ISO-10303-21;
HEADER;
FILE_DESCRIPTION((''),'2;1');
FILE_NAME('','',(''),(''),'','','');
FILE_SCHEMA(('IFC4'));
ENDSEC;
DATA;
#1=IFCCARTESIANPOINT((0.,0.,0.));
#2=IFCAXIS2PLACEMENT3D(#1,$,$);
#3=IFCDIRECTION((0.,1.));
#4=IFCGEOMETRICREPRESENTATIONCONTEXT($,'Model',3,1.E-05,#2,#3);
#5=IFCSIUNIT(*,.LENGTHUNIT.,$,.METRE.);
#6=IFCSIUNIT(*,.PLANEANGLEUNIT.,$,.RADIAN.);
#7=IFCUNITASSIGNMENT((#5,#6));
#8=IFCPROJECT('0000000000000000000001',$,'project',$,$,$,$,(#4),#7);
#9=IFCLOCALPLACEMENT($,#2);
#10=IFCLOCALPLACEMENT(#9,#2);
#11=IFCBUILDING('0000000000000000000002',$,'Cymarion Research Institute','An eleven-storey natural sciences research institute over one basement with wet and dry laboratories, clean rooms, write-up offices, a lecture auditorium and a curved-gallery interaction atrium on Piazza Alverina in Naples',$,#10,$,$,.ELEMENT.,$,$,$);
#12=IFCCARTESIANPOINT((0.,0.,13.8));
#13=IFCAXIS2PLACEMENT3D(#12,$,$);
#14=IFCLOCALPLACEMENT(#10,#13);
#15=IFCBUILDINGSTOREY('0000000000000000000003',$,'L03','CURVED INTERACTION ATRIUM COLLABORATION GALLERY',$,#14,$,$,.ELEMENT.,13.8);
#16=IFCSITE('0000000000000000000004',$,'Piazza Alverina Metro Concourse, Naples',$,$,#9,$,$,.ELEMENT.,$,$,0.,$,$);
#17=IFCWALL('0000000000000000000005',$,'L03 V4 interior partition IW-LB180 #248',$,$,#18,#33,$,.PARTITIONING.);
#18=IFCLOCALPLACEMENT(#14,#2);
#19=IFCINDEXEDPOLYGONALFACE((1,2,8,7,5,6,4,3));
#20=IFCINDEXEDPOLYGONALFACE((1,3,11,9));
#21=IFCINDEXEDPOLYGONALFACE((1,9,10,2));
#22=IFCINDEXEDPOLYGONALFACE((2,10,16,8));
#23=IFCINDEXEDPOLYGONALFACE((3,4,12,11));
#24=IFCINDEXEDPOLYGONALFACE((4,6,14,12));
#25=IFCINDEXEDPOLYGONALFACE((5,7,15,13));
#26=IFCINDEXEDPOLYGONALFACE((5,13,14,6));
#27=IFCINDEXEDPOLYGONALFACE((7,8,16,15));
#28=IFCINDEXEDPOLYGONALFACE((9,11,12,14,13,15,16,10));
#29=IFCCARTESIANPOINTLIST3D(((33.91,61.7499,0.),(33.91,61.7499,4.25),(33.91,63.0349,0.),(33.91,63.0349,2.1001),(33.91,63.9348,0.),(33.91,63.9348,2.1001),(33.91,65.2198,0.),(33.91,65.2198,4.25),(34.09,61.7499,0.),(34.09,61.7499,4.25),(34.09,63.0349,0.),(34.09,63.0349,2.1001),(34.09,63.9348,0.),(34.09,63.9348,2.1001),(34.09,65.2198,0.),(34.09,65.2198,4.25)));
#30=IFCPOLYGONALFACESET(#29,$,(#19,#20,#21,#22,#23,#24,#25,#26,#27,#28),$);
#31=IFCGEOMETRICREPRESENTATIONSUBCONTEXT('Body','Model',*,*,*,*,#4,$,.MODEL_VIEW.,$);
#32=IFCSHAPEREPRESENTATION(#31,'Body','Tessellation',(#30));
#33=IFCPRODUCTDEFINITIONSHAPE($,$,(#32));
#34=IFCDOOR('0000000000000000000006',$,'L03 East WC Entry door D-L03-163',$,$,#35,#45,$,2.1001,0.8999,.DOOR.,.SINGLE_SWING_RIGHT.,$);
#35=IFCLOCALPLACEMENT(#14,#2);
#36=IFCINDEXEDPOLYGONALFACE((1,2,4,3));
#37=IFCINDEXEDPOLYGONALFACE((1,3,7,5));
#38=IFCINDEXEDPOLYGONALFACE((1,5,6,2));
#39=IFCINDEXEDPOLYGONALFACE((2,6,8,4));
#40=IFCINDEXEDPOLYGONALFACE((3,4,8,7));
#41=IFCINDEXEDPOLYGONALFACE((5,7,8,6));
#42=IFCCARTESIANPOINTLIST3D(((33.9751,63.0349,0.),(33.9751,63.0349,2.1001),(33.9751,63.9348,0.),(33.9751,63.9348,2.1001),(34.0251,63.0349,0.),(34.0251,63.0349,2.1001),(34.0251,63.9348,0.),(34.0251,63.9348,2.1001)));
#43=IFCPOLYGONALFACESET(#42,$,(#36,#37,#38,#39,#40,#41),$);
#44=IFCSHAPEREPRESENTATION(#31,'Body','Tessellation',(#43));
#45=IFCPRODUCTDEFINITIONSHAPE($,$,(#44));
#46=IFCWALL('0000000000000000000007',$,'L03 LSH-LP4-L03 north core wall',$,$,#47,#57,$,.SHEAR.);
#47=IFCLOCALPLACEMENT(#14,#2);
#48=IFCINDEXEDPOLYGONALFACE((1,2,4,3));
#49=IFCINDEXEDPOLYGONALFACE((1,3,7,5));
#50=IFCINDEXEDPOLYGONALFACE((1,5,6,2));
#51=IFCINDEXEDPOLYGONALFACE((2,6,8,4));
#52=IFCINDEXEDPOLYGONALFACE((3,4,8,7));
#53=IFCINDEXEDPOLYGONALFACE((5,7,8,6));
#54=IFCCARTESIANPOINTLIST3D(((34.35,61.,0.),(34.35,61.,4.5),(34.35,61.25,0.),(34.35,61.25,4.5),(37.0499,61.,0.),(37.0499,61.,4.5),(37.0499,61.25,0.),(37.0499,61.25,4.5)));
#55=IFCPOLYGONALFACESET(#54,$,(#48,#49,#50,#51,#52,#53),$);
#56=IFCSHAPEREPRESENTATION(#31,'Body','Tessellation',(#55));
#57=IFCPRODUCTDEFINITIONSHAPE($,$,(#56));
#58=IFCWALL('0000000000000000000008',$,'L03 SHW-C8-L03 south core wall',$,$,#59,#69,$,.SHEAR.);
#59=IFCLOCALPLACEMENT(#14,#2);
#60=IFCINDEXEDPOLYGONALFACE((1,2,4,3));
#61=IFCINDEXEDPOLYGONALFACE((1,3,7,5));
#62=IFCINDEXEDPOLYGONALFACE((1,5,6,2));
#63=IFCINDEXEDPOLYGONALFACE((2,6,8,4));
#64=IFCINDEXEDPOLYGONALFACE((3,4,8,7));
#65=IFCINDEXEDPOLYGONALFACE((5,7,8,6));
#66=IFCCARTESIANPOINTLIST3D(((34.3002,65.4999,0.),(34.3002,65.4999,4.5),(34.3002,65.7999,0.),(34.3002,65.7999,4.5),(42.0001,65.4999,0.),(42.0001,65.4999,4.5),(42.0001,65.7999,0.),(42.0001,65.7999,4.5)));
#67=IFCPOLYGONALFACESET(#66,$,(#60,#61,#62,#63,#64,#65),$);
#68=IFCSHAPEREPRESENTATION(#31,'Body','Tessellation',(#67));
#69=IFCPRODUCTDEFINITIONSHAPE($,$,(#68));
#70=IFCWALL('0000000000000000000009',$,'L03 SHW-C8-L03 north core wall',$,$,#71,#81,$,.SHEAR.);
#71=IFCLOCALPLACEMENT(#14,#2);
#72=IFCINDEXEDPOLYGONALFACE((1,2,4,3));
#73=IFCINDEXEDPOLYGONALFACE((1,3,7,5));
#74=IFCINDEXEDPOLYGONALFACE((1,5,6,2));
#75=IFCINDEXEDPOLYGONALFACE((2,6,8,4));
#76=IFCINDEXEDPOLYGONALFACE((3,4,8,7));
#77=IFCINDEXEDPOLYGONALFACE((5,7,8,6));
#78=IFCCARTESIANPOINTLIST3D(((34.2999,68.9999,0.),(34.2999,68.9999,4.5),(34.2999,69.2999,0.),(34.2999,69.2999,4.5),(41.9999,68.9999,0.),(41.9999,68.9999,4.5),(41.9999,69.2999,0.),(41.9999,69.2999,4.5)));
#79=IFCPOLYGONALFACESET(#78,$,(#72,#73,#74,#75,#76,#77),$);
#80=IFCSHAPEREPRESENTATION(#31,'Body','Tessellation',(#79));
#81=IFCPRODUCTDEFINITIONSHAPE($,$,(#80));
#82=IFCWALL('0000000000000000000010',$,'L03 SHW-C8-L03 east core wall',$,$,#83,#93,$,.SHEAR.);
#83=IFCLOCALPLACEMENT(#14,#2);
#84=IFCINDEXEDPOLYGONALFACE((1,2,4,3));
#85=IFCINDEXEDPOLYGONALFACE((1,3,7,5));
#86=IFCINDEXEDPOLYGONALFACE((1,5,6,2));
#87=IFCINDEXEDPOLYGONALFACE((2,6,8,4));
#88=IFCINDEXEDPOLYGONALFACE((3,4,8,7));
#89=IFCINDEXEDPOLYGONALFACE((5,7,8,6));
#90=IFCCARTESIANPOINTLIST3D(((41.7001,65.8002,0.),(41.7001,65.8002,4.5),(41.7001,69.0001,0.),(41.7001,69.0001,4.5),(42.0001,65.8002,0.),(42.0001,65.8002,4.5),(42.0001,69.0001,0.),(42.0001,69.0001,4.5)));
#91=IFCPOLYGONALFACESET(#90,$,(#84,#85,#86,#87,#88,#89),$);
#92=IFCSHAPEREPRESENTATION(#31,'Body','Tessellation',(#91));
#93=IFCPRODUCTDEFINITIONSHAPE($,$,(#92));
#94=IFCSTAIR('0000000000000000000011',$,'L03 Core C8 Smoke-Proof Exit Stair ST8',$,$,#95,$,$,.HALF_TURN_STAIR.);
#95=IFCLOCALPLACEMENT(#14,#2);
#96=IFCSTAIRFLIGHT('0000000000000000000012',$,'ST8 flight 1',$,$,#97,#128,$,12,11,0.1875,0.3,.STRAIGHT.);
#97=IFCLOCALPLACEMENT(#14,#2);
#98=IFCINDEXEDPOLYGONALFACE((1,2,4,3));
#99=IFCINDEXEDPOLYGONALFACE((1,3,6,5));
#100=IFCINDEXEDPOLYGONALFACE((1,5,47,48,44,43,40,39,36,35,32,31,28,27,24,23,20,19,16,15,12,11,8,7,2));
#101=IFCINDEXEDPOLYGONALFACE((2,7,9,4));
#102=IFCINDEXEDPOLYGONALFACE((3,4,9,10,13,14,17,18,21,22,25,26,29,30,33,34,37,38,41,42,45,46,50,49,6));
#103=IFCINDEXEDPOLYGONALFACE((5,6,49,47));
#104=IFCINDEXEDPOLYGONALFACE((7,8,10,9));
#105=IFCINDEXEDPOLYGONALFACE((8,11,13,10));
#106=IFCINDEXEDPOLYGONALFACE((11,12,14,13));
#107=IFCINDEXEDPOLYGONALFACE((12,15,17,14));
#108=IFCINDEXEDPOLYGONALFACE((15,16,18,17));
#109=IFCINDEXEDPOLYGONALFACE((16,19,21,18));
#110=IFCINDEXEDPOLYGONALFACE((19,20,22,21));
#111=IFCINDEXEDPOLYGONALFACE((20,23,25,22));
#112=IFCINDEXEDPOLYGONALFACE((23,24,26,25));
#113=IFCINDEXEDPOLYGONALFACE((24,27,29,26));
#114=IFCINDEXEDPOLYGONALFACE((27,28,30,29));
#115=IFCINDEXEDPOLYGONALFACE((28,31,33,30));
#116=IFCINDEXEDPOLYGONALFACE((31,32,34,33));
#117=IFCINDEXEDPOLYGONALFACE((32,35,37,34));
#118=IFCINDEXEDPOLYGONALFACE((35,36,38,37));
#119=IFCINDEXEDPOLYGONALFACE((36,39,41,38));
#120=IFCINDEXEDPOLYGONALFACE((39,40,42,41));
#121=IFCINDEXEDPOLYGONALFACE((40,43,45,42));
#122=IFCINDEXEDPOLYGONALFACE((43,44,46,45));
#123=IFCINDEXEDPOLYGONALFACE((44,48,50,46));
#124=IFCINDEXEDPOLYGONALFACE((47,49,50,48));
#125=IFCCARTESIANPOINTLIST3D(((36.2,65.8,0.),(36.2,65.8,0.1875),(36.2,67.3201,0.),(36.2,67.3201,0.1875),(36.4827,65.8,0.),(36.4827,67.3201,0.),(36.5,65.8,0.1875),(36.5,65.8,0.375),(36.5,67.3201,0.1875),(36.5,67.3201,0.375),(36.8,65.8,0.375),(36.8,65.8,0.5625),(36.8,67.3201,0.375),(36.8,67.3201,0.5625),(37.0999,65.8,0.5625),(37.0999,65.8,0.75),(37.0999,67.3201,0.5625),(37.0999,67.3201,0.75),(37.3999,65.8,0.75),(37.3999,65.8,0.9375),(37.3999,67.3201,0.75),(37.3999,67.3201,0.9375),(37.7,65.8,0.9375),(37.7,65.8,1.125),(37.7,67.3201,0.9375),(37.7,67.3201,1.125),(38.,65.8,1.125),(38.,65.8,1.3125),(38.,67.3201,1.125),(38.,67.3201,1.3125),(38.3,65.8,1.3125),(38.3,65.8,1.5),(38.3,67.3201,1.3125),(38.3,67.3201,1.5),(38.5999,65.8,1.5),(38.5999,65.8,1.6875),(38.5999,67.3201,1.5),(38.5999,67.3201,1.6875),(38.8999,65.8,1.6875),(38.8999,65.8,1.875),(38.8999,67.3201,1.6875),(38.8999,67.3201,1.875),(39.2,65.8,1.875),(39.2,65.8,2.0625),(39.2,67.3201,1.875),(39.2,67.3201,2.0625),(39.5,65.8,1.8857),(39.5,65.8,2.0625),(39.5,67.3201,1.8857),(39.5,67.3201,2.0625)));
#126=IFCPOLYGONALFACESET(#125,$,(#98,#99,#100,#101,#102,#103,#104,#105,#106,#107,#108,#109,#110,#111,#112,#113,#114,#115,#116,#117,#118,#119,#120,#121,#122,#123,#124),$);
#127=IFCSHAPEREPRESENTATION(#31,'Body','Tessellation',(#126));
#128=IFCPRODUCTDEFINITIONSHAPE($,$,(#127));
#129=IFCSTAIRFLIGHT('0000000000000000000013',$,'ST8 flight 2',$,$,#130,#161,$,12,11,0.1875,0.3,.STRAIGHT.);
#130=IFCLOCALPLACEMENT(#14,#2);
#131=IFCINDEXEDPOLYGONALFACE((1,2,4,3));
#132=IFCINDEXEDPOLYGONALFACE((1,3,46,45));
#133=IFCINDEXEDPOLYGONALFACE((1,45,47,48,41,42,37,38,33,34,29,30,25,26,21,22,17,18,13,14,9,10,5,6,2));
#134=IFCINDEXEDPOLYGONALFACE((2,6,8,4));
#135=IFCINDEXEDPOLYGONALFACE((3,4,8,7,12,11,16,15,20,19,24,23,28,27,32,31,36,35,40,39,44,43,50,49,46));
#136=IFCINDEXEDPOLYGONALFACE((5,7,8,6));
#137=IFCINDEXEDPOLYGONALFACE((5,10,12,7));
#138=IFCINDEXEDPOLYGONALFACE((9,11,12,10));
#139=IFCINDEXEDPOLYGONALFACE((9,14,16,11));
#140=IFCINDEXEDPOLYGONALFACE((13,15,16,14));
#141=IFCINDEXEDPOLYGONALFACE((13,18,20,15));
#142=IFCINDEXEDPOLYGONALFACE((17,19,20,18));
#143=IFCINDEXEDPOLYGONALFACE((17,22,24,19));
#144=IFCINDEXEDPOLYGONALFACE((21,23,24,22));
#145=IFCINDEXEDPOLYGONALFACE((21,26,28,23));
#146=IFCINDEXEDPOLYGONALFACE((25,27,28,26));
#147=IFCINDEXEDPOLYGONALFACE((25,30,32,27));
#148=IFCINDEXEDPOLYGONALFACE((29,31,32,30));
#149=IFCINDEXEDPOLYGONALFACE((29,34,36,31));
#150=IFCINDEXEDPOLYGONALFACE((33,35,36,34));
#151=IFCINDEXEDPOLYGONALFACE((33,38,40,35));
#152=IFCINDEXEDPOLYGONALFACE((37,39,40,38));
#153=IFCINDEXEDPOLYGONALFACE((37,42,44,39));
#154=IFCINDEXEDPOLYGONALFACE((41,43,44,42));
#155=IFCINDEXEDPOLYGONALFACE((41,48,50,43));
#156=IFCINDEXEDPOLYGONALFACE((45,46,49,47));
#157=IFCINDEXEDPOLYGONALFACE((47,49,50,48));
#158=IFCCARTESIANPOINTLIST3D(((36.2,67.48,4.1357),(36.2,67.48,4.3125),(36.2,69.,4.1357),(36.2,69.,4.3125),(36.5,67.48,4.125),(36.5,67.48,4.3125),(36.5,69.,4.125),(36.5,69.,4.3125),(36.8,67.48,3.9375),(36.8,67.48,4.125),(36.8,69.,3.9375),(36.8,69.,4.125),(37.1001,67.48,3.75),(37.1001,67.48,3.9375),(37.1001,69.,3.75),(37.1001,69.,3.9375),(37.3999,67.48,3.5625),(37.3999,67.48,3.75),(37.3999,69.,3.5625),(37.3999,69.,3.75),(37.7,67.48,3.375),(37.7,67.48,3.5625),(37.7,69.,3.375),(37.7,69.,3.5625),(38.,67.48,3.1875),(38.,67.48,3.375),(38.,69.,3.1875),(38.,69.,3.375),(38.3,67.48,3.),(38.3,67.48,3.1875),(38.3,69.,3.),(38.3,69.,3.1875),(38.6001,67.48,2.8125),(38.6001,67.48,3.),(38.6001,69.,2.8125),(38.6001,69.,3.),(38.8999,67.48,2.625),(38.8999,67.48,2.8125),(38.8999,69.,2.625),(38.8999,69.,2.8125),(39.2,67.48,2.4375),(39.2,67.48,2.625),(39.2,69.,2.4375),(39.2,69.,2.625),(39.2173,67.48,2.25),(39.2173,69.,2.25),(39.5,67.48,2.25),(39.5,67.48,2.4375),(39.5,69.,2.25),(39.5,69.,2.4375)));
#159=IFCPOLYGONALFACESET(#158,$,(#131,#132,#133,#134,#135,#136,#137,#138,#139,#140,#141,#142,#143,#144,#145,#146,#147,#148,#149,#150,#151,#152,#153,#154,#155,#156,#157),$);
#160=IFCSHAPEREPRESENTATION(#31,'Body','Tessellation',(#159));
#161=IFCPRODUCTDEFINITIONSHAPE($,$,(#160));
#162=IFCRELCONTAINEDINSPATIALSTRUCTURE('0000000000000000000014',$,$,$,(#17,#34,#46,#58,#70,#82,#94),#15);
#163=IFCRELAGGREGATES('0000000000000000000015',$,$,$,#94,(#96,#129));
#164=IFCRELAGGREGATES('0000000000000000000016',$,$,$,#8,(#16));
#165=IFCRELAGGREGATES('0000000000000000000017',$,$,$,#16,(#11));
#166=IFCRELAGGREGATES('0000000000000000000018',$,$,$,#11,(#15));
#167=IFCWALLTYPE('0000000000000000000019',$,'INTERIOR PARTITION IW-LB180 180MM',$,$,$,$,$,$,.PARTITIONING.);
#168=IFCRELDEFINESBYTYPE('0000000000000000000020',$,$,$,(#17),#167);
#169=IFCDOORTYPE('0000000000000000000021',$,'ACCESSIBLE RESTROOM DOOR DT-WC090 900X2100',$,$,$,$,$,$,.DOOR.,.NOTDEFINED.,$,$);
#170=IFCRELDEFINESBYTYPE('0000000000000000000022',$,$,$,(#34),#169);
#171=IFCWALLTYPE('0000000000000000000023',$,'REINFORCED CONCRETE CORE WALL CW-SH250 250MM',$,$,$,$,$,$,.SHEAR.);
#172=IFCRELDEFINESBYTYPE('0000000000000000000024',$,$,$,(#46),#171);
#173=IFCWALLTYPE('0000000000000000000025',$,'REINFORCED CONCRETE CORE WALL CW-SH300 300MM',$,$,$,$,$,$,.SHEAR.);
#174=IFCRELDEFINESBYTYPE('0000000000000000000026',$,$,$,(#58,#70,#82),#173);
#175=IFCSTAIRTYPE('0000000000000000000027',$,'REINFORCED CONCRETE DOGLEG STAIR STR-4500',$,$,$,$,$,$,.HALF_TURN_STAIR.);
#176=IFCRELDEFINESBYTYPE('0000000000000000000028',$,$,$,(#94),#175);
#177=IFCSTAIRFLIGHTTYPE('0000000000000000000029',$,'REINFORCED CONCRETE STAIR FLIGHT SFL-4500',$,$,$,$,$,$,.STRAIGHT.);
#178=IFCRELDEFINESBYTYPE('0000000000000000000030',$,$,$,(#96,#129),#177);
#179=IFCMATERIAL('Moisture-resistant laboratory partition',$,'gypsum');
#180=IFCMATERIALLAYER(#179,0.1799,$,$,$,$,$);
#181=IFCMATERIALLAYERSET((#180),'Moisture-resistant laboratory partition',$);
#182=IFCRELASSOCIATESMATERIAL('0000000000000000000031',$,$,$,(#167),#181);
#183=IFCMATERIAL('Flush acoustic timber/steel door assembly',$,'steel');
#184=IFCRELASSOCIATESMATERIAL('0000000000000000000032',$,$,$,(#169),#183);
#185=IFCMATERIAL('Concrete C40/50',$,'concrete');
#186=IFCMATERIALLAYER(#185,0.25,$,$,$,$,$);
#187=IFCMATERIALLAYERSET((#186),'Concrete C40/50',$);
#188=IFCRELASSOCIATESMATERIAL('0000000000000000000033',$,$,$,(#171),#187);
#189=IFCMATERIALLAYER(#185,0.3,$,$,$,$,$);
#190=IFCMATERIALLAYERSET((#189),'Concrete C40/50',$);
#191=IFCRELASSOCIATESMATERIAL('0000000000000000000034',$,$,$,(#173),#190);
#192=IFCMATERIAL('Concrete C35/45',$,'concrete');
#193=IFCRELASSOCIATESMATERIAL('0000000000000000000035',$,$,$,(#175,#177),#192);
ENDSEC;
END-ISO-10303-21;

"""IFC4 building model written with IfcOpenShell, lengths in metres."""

from ifc_helpers import new_model, si_unit, direction, frame, frame_2d, origin, place, context, subcontext, project, spatial, polyline, rectangle, outline, extrude, material, layer, layer_set, type_object, element, fill, aggregate, save


model = new_model("IFC4")

# Units and contexts
model_context = context("Model", 3, precision=1e-05, world=origin(), true_north=direction((0.0, 1.0)))
body_context = subcontext(model_context, "Body", "Model", "MODEL_VIEW")
ifc_project = project(units=[si_unit("LENGTHUNIT", "METRE"), si_unit("PLANEANGLEUNIT", "RADIAN")], contexts=[model_context])

# Site, building, storey
site_placement = place(None, origin())
site = spatial("IfcSite", under=ifc_project, at=site_placement, Name="Piazza Alverina Metro Concourse, Naples", CompositionType="ELEMENT", RefElevation=0.0)
building_placement = place(site_placement, origin())
building = spatial("IfcBuilding", under=site, at=building_placement, Name="Cymarion Research Institute", Description="An eleven-storey natural sciences research institute over one basement with wet and dry laboratories, clean rooms, write-up offices, a lecture auditorium and a curved-gallery interaction atrium on Piazza Alverina in Naples", CompositionType="ELEMENT")
storey_placement = place(building_placement, frame((0.0, 0.0, 13.8)))
storey = spatial("IfcBuildingStorey", under=building, at=storey_placement, Name="L03", Description="CURVED INTERACTION ATRIUM COLLABORATION GALLERY", CompositionType="ELEMENT", Elevation=13.8)

# Shared definitions
ifc_material_1 = material(Name="Moisture-resistant laboratory partition", Category="gypsum")
ifc_layer_1 = layer(ifc_material_1, 0.1799)
ifc_layer_set_1 = layer_set([ifc_layer_1], Name="Moisture-resistant laboratory partition")
wall_type_1 = type_object("IfcWallType", Name="INTERIOR PARTITION IW-LB180 180MM", PredefinedType="PARTITIONING", material=ifc_layer_set_1)

# Wall, opening, door
wall_1_placement = place(storey_placement, frame((34.0, 61.75, 0.0), z_axis=(0.0, 0.0, 1.0), x_axis=(0.0, 1.0, 0.0)))
wall_1 = element("IfcWall", 1, at=wall_1_placement, inside=storey, type_object=wall_type_1, Name="L03 V4 interior partition IW-LB180 #248", PredefinedType="PARTITIONING", context=body_context, shape_type="SweptSolid", body=[
    extrude(rectangle(XDim=3.47, YDim=0.1799, at=frame_2d((1.7349, 0.0))), origin(), (0.0, 0.0, 1.0), 4.25),
])
opening_1_placement = place(wall_1_placement, frame((1.2849, 0.0, 0.0)))
opening_1 = element("IfcOpeningElement", 2, at=opening_1_placement, cuts=wall_1, PredefinedType="OPENING", context=body_context, shape_type="SweptSolid", body=[
    extrude(rectangle(XDim=0.8999, YDim=2.1001, at=frame_2d((0.45, 1.05))), frame((0.0, 0.0999, 0.0), z_axis=(0.0, -1.0, 0.0), x_axis=(1.0, 0.0, 0.0)), (0.0, 0.0, 1.0), 0.2),
])
ifc_material_2 = material(Name="Flush acoustic timber/steel door assembly", Category="steel")
door_type_1 = type_object("IfcDoorType", Name="ACCESSIBLE RESTROOM DOOR DT-WC090 900X2100", OperationType="NOTDEFINED", PredefinedType="DOOR", material=ifc_material_2)
door_1_placement = place(opening_1_placement, origin())
door_1 = element("IfcDoor", 3, at=door_1_placement, inside=storey, type_object=door_type_1, Name="L03 East WC Entry door D-L03-163", OperationType="SINGLE_SWING_RIGHT", OverallHeight=2.1001, OverallWidth=0.8999, PredefinedType="DOOR", context=body_context, shape_type="SweptSolid", body=[
    extrude(rectangle(XDim=0.8999, YDim=2.1001, at=frame_2d((0.45, 1.05))), frame((0.0, 0.0249, 0.0), z_axis=(0.0, -1.0, 0.0), x_axis=(1.0, 0.0, 0.0)), (0.0, 0.0, 1.0), 0.05),
])
fill(opening_1, door_1)

# Wall
ifc_material_3 = material(Name="Concrete C40/50", Category="concrete")
ifc_layer_2 = layer(ifc_material_3, 0.25)
ifc_layer_set_2 = layer_set([ifc_layer_2], Name="Concrete C40/50")
wall_type_2 = type_object("IfcWallType", Name="REINFORCED CONCRETE CORE WALL CW-SH250 250MM", PredefinedType="SHEAR", material=ifc_layer_set_2)
wall_2_placement = place(storey_placement, frame((37.05, 61.125, 0.0), z_axis=(0.0, 0.0, 1.0), x_axis=(-1.0, 0.0, 0.0)))
element("IfcWall", 4, at=wall_2_placement, inside=storey, type_object=wall_type_2, Name="L03 LSH-LP4-L03 north core wall", PredefinedType="SHEAR", context=body_context, shape_type="SweptSolid", body=[
    extrude(rectangle(XDim=2.7, YDim=0.25, at=frame_2d((1.3501, 0.0))), origin(), (0.0, 0.0, 1.0), 4.5),
])

# Walls
ifc_layer_3 = layer(ifc_material_3, 0.3)
ifc_layer_set_3 = layer_set([ifc_layer_3], Name="Concrete C40/50")
wall_type_3 = type_object("IfcWallType", Name="REINFORCED CONCRETE CORE WALL CW-SH300 300MM", PredefinedType="SHEAR", material=ifc_layer_set_3)
for number, where, z_axis, x_axis, name in (
    (5, (34.3, 65.6499, 0.0), (0.0, 0.0, 1.0), (1.0, 0.0, 0.0), "L03 SHW-C8-L03 south core wall"),
    (6, (42.0, 69.1499, 0.0), (0.0, 0.0, 1.0), (-1.0, 0.0, 0.0), "L03 SHW-C8-L03 north core wall"),
):
    element("IfcWall", number, at=place(storey_placement, frame(where, z_axis=z_axis, x_axis=x_axis)), inside=storey, type_object=wall_type_3, Name=name, PredefinedType="SHEAR", context=body_context, shape_type="SweptSolid", body=[
        extrude(rectangle(XDim=7.7, YDim=0.3, at=frame_2d((3.8501, 0.0))), origin(), (0.0, 0.0, 1.0), 4.5),
    ])

# Wall
wall_3_placement = place(storey_placement, frame((41.8501, 65.8, 0.0), z_axis=(0.0, 0.0, 1.0), x_axis=(0.0, 1.0, 0.0)))
element("IfcWall", 7, at=wall_3_placement, inside=storey, type_object=wall_type_3, Name="L03 SHW-C8-L03 east core wall", PredefinedType="SHEAR", context=body_context, shape_type="SweptSolid", body=[
    extrude(rectangle(XDim=3.2, YDim=0.3, at=frame_2d((1.6001, 0.0))), origin(), (0.0, 0.0, 1.0), 4.5),
])

# Stair, stair flights
ifc_material_4 = material(Name="Concrete C35/45", Category="concrete")
stair_type = type_object("IfcStairType", Name="REINFORCED CONCRETE DOGLEG STAIR STR-4500", PredefinedType="HALF_TURN_STAIR", material=ifc_material_4)
stair_placement = place(storey_placement, origin())
stair = element("IfcStair", 8, at=stair_placement, inside=storey, type_object=stair_type, Name="L03 Core C8 Smoke-Proof Exit Stair ST8", PredefinedType="HALF_TURN_STAIR")
stair_flight_type = type_object("IfcStairFlightType", Name="REINFORCED CONCRETE STAIR FLIGHT SFL-4500", PredefinedType="STRAIGHT", material=ifc_material_4)
stair_flight_1_placement = place(storey_placement, frame((36.2, 66.5601, 0.0), z_axis=(0.0, 0.0, 1.0), x_axis=(1.0, 0.0, 0.0)))
stair_flight_1 = element("IfcStairFlight", 9, at=stair_flight_1_placement, type_object=stair_flight_type, Name="ST8 flight 1", NumberOfRisers=12, NumberOfTreads=11, PredefinedType="STRAIGHT", RiserHeight=0.1875, TreadLength=0.3, context=body_context, shape_type="SweptSolid", body=[
    extrude(outline(polyline([(0.0, 0.0), (0.0, 0.1875), (0.3, 0.1875), (0.3, 0.375), (0.6001, 0.375), (0.6001, 0.5625), (0.8999, 0.5625), (0.8999, 0.75), (1.2, 0.75), (1.2, 0.9375), (1.5, 0.9375), (1.5, 1.125), (1.8, 1.125), (1.8, 1.3125), (2.1001, 1.3125), (2.1001, 1.5), (2.3999, 1.5), (2.3999, 1.6875), (2.7, 1.6875), (2.7, 1.875), (3.0, 1.875), (3.0, 2.0625), (3.3, 2.0625), (3.3, 2.25), (3.3, 1.8857), (0.2827, 0.0), (0.0, 0.0)])), frame((0.0, 0.76, 0.0), z_axis=(0.0, -1.0, 0.0), x_axis=(1.0, 0.0, 0.0)), (0.0, 0.0, 1.0), 1.52),
])
stair_flight_2_placement = place(storey_placement, frame((39.5, 68.24, 2.25), z_axis=(0.0, 0.0, 1.0), x_axis=(-1.0, 0.0, 0.0)))
stair_flight_2 = element("IfcStairFlight", 10, at=stair_flight_2_placement, type_object=stair_flight_type, Name="ST8 flight 2", NumberOfRisers=12, NumberOfTreads=11, PredefinedType="STRAIGHT", RiserHeight=0.1875, TreadLength=0.3, context=body_context, shape_type="SweptSolid", body=[
    extrude(outline(polyline([(0.0, 0.0), (0.0, 0.1875), (0.3, 0.1875), (0.3, 0.375), (0.6001, 0.375), (0.6001, 0.5625), (0.8999, 0.5625), (0.8999, 0.75), (1.2, 0.75), (1.2, 0.9375), (1.5, 0.9375), (1.5, 1.125), (1.8, 1.125), (1.8, 1.3125), (2.1001, 1.3125), (2.1001, 1.5), (2.3999, 1.5), (2.3999, 1.6875), (2.7, 1.6875), (2.7, 1.875), (3.0, 1.875), (3.0, 2.0625), (3.3, 2.0625), (3.3, 2.25), (3.3, 1.8857), (0.2827, 0.0), (0.0, 0.0)])), frame((0.0, 0.76, 0.0), z_axis=(0.0, -1.0, 0.0), x_axis=(1.0, 0.0, 0.0)), (0.0, 0.0, 1.0), 1.52),
])
aggregate(stair, [stair_flight_1, stair_flight_2])

save(model, "model.ifc")
